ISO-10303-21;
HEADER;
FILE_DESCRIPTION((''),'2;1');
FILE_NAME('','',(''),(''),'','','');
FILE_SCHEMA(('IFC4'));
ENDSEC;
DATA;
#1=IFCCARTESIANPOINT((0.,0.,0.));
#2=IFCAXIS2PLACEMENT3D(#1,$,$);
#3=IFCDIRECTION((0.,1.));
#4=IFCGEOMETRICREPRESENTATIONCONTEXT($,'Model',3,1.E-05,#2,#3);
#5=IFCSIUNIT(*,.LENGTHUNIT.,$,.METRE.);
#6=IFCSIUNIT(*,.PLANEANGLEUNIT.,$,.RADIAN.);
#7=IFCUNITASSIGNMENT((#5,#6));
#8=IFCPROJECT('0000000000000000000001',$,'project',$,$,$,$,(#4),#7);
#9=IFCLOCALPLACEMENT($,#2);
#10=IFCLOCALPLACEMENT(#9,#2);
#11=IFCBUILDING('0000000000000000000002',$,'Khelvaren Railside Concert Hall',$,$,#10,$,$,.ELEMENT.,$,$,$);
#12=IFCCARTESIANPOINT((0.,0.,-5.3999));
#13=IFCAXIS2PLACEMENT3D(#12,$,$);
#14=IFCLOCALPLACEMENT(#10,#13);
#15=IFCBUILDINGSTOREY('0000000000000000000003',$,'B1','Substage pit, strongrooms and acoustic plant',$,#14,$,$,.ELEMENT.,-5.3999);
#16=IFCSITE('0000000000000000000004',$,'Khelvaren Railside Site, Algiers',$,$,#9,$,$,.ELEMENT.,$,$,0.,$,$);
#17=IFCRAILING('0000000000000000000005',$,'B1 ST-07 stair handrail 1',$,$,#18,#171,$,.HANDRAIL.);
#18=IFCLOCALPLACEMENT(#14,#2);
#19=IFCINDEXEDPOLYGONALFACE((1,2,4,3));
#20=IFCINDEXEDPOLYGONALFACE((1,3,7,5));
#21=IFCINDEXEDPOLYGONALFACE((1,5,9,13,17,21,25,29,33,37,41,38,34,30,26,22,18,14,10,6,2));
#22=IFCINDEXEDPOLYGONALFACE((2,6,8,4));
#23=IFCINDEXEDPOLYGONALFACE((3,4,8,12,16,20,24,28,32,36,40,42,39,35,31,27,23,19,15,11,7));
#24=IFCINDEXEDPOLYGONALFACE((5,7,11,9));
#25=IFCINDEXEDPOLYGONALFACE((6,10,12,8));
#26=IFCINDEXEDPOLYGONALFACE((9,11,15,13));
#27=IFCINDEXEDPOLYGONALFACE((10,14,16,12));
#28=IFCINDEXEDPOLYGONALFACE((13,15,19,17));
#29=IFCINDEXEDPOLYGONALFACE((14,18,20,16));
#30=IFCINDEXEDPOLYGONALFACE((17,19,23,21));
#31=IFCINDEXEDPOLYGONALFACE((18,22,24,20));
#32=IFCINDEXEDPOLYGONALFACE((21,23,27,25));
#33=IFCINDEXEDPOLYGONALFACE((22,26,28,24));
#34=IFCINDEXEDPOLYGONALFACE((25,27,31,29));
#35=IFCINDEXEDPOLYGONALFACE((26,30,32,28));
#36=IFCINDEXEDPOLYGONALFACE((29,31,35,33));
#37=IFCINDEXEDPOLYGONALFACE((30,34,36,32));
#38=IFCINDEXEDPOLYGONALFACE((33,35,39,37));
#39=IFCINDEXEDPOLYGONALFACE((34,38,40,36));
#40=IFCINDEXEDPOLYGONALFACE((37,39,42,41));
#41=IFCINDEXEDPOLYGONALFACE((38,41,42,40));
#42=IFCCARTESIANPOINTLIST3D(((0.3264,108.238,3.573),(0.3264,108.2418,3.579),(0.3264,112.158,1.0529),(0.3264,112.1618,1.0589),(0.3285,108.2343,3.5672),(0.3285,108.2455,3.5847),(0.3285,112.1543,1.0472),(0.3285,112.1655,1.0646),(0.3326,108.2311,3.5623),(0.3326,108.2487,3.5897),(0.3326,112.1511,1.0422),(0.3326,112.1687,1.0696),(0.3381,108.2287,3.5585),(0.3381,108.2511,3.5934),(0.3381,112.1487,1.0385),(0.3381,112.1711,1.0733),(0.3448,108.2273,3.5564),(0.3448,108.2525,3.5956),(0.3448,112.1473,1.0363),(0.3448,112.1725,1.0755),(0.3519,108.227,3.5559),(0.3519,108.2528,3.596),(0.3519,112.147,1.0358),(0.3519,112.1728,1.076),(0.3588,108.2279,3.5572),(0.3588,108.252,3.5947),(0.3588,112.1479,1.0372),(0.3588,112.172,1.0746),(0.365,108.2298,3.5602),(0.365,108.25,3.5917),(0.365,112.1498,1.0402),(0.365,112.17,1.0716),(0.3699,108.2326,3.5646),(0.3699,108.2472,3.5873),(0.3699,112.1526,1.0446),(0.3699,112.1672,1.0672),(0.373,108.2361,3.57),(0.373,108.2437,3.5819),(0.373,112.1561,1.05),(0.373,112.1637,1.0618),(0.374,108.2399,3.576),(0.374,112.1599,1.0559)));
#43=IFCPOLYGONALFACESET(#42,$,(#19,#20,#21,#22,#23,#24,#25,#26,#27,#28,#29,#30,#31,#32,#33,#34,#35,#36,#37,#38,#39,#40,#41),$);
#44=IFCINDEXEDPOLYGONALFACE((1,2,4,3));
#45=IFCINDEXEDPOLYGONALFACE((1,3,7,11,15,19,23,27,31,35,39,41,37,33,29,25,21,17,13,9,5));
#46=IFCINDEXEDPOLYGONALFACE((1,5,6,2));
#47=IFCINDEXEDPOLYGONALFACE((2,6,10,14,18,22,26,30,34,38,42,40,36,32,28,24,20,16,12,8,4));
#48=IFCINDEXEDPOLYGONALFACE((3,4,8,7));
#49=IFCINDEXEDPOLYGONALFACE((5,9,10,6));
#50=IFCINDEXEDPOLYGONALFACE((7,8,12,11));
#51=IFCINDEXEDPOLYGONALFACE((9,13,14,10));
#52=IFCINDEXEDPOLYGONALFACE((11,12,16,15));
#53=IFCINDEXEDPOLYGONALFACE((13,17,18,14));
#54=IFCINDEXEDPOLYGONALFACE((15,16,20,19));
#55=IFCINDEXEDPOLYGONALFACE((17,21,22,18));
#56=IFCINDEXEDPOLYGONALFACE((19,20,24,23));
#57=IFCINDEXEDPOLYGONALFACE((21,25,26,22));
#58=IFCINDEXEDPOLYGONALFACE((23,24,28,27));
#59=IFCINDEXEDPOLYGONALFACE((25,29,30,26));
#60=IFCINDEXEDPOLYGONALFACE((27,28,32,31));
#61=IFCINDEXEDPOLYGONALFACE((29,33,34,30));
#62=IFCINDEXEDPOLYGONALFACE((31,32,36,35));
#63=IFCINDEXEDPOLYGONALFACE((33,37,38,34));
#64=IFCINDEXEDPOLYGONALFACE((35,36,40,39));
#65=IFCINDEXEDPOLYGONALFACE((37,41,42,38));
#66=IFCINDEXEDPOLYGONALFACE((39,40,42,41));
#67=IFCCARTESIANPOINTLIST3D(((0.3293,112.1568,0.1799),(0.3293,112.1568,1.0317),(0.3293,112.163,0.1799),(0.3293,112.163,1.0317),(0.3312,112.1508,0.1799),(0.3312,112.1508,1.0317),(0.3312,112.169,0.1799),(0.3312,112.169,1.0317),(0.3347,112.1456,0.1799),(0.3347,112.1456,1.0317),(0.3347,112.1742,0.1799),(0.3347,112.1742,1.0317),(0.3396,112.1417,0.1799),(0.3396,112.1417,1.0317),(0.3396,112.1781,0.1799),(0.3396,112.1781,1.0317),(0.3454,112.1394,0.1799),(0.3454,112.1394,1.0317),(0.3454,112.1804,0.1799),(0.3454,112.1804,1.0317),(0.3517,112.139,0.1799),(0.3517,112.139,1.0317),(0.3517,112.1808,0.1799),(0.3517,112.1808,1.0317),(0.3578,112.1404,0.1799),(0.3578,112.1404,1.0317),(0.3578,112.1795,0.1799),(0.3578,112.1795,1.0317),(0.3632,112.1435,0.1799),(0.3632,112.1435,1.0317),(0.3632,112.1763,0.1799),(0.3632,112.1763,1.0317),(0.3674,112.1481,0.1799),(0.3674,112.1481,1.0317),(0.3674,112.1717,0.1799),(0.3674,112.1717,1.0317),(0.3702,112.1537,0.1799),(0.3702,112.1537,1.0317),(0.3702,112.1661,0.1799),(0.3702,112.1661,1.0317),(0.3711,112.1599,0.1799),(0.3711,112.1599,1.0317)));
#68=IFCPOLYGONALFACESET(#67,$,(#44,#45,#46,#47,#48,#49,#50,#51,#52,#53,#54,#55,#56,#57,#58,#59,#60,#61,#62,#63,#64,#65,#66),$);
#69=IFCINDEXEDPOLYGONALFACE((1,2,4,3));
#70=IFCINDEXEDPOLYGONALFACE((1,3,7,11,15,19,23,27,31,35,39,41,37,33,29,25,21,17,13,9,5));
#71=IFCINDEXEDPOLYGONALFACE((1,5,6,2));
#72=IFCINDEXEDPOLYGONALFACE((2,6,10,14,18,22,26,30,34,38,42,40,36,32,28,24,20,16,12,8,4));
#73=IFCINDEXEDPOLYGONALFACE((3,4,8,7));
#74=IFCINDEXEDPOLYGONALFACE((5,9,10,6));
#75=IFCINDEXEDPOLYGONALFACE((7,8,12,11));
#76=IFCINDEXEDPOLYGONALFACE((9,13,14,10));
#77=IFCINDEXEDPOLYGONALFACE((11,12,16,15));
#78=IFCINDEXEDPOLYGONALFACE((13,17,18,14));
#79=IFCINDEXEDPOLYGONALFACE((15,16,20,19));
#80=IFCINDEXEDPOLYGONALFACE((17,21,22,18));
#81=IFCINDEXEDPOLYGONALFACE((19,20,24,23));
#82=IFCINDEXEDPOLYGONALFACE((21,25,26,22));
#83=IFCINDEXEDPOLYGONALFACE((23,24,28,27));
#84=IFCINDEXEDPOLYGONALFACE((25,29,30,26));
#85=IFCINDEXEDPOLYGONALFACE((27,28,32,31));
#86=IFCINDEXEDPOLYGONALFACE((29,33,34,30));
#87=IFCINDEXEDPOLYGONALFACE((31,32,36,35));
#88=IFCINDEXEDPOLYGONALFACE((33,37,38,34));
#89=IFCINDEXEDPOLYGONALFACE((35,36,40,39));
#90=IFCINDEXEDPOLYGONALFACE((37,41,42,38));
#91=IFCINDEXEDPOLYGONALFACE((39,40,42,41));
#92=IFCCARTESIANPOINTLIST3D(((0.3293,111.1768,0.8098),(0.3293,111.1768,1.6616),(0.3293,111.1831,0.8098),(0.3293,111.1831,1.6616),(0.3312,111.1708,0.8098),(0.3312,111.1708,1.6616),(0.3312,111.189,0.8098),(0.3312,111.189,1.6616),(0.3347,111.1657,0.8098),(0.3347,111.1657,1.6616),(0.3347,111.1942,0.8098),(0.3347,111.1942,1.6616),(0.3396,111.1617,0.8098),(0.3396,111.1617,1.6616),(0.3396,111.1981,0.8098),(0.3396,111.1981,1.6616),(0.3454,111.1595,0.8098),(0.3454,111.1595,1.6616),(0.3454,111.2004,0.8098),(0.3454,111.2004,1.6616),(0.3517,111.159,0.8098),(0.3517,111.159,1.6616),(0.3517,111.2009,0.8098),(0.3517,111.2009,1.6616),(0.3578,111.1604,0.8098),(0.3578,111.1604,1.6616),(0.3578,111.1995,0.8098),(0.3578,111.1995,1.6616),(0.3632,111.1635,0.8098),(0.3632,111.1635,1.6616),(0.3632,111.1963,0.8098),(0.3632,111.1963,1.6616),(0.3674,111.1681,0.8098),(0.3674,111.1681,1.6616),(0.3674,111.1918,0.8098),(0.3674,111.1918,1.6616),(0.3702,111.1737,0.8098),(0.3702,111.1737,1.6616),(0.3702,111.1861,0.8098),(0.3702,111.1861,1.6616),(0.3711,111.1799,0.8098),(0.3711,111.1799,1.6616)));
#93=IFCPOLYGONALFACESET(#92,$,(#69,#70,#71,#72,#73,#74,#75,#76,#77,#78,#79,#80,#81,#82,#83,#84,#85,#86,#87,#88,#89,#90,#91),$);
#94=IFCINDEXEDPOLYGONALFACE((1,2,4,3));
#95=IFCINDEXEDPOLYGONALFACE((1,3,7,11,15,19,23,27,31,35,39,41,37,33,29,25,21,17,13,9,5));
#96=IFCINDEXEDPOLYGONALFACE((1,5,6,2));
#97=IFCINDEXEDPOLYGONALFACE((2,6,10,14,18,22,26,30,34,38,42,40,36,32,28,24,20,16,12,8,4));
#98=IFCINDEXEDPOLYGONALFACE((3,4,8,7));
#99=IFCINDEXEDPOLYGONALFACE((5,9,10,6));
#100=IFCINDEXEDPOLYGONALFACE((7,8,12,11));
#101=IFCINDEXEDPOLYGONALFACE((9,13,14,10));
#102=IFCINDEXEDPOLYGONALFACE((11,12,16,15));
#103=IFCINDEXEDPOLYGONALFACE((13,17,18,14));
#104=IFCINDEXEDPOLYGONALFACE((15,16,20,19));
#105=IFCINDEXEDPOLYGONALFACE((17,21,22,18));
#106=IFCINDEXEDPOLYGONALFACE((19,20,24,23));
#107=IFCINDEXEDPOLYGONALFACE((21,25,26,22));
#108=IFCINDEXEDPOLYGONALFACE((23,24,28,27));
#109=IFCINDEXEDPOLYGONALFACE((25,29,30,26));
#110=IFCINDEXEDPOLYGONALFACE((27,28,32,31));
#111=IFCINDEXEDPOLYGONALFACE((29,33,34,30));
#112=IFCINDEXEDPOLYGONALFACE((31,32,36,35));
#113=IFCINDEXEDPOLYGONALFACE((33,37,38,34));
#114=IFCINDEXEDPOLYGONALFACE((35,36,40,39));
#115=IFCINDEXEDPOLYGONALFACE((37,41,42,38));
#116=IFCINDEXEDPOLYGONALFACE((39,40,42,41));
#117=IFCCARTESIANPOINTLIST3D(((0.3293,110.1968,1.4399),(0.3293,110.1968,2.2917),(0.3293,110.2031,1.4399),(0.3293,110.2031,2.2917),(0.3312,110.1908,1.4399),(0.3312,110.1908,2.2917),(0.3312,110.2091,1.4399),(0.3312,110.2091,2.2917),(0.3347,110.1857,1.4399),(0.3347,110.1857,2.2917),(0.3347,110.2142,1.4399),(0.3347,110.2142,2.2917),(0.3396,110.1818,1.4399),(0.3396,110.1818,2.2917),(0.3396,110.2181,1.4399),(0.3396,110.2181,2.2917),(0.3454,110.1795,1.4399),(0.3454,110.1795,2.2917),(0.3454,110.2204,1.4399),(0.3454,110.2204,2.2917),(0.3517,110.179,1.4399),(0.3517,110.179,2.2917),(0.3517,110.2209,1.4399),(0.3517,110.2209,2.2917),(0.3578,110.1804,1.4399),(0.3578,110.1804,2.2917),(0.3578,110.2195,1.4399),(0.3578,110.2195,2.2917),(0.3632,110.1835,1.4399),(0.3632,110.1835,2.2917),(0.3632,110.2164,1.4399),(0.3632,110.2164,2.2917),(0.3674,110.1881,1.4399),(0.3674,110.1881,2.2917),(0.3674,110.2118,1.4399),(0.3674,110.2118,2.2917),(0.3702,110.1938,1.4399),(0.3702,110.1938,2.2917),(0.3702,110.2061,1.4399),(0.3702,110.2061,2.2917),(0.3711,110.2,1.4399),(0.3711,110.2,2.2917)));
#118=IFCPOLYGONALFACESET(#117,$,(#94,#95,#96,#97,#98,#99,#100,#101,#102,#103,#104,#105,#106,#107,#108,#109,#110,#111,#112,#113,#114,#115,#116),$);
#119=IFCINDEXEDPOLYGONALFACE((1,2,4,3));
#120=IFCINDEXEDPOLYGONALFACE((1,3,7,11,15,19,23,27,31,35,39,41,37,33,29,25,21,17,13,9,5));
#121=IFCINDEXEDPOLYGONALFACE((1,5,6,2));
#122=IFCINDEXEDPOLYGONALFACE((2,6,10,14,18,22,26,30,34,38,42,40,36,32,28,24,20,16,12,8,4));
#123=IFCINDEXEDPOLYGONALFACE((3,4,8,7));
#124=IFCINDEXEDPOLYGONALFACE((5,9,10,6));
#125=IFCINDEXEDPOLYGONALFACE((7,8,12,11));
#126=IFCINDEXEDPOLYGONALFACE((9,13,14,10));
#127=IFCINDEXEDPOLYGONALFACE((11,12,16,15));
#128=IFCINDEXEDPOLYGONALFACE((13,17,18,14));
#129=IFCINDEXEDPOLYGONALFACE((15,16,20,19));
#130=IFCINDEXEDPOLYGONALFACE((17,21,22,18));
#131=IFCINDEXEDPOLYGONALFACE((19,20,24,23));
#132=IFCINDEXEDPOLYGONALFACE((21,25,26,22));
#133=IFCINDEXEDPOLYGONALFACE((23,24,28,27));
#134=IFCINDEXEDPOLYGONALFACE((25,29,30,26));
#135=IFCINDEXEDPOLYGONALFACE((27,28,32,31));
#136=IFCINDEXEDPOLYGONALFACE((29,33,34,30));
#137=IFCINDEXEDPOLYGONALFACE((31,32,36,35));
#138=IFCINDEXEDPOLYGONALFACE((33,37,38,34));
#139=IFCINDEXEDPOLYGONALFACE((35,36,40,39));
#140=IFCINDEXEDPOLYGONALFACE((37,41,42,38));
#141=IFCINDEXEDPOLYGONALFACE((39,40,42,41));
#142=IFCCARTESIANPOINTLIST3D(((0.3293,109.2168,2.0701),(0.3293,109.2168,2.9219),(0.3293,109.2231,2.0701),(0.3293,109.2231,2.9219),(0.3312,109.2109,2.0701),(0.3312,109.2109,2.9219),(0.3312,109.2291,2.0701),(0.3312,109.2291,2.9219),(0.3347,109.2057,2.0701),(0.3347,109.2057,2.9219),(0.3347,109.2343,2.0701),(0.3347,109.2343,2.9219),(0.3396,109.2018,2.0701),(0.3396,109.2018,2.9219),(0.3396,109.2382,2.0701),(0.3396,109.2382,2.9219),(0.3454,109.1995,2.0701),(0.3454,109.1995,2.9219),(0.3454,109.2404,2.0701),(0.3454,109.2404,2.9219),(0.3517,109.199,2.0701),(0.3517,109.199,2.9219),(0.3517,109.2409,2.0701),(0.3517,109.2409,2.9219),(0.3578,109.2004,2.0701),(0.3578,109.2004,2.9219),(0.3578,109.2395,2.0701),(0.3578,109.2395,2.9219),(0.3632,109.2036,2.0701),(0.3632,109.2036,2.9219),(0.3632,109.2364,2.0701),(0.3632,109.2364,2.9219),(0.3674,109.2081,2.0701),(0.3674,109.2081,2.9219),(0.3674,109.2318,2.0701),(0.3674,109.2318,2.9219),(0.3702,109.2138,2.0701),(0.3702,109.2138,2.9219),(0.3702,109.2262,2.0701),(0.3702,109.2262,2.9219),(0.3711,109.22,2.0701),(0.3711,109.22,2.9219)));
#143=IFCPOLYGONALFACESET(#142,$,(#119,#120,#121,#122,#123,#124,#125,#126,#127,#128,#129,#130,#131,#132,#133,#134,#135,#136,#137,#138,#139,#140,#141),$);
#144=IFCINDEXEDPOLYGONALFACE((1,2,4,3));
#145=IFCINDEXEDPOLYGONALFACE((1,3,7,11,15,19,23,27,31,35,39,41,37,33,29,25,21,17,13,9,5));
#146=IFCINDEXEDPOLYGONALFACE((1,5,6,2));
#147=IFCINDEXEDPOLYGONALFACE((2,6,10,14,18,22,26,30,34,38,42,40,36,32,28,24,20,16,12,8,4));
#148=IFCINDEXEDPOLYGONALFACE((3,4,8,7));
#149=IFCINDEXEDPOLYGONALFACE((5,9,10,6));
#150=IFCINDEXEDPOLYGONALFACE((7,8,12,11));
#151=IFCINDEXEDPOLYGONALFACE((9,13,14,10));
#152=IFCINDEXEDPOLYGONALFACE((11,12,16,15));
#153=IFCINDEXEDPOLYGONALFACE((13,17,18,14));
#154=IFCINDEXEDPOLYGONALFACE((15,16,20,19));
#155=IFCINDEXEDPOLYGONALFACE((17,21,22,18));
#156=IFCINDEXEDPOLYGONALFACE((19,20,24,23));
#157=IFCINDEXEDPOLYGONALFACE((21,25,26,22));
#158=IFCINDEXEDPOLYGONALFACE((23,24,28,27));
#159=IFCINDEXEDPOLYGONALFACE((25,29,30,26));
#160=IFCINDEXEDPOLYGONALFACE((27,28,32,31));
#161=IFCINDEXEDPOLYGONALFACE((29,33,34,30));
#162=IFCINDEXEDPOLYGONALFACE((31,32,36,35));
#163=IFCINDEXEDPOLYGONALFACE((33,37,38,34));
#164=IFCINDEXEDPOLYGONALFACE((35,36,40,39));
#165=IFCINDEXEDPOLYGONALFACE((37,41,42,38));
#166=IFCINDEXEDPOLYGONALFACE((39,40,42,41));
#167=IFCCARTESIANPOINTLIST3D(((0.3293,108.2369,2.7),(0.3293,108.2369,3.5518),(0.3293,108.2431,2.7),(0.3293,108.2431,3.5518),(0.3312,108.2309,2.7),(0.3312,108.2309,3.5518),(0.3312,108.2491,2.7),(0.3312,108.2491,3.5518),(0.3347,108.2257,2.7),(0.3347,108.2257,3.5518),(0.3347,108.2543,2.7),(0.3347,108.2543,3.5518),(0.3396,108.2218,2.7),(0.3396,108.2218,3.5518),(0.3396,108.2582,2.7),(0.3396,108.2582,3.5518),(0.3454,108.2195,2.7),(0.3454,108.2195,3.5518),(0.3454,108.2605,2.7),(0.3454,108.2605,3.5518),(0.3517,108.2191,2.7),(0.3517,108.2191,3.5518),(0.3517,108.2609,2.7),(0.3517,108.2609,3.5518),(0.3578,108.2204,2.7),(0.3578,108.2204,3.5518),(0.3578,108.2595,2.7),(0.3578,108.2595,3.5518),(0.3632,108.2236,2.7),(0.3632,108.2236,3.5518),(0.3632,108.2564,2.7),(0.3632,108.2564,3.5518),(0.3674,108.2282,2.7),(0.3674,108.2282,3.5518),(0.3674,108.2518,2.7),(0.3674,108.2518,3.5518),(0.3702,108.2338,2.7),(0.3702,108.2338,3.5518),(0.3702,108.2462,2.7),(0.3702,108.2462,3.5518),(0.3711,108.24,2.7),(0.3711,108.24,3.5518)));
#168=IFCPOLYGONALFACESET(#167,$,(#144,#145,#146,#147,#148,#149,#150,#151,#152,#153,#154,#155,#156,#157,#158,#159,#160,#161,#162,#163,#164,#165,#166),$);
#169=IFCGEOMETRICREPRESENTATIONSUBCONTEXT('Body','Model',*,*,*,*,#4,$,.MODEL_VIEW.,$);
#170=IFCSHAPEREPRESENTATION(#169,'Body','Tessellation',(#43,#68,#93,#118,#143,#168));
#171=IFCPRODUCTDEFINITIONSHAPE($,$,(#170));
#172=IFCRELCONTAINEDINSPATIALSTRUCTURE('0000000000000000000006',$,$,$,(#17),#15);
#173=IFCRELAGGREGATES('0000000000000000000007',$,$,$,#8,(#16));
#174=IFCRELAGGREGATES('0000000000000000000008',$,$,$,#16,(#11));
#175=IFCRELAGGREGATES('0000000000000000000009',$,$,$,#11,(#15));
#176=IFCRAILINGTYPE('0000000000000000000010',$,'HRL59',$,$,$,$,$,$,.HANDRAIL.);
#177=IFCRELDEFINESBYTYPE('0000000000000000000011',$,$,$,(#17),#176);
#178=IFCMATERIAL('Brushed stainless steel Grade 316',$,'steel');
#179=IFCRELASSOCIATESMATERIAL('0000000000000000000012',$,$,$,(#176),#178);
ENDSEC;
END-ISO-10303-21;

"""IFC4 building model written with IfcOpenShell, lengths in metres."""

from ifc_helpers import new_model, si_unit, direction, frame, origin, origin_2d, place, context, subcontext, project, spatial, circle, extrude, material, type_object, element, save


model = new_model("IFC4")

# Units and contexts
model_context = context("Model", 3, precision=1e-05, world=origin(), true_north=direction((0.0, 1.0)))
body_context = subcontext(model_context, "Body", "Model", "MODEL_VIEW")
ifc_project = project(units=[si_unit("LENGTHUNIT", "METRE"), si_unit("PLANEANGLEUNIT", "RADIAN")], contexts=[model_context])

# Site, building, storey
site_placement = place(None, origin())
site = spatial("IfcSite", under=ifc_project, at=site_placement, Name="Khelvaren Railside Site, Algiers", CompositionType="ELEMENT", RefElevation=0.0)
building_placement = place(site_placement, origin())
building = spatial("IfcBuilding", under=site, at=building_placement, Name="Khelvaren Railside Concert Hall", CompositionType="ELEMENT")
storey_placement = place(building_placement, frame((0.0, 0.0, -5.3999)))
storey = spatial("IfcBuildingStorey", under=building, at=storey_placement, Name="B1", Description="Substage pit, strongrooms and acoustic plant", CompositionType="ELEMENT", Elevation=-5.3999)

# Railing
ifc_material_1 = material(Name="Brushed stainless steel Grade 316", Category="steel")
railing_type_1 = type_object("IfcRailingType", Name="HRL59", PredefinedType="HANDRAIL", material=ifc_material_1)
railing_1_placement = place(storey_placement, frame((0.3501, 112.1599, 0.1799)))
element("IfcRailing", 1, at=railing_1_placement, inside=storey, type_object=railing_type_1, Name="B1 ST-07 stair handrail 1", PredefinedType="HANDRAIL", context=body_context, shape_type="SweptSolid", body=[
    extrude(circle(Radius=0.0239, at=origin_2d()), frame((0.0, 0.0, 0.876), z_axis=(0.0, -0.841172, 0.540768), x_axis=(1.0, 0.0, 0.0)), (0.0, 0.0, 1.0), 4.6602),
    extrude(circle(Radius=0.021, at=origin_2d()), origin(), (0.0, 0.0, 1.0), 0.8518),
    extrude(circle(Radius=0.021, at=origin_2d()), frame((0.0, -0.98, 0.6299)), (0.0, 0.0, 1.0), 0.8518),
    extrude(circle(Radius=0.021, at=origin_2d()), frame((0.0, -1.96, 1.26)), (0.0, 0.0, 1.0), 0.8518),
    extrude(circle(Radius=0.021, at=origin_2d()), frame((0.0, -2.9399, 1.8901)), (0.0, 0.0, 1.0), 0.8518),
    extrude(circle(Radius=0.021, at=origin_2d()), frame((0.0, -3.9199, 2.52)), (0.0, 0.0, 1.0), 0.8518),
])

save(model, "model.ifc")
